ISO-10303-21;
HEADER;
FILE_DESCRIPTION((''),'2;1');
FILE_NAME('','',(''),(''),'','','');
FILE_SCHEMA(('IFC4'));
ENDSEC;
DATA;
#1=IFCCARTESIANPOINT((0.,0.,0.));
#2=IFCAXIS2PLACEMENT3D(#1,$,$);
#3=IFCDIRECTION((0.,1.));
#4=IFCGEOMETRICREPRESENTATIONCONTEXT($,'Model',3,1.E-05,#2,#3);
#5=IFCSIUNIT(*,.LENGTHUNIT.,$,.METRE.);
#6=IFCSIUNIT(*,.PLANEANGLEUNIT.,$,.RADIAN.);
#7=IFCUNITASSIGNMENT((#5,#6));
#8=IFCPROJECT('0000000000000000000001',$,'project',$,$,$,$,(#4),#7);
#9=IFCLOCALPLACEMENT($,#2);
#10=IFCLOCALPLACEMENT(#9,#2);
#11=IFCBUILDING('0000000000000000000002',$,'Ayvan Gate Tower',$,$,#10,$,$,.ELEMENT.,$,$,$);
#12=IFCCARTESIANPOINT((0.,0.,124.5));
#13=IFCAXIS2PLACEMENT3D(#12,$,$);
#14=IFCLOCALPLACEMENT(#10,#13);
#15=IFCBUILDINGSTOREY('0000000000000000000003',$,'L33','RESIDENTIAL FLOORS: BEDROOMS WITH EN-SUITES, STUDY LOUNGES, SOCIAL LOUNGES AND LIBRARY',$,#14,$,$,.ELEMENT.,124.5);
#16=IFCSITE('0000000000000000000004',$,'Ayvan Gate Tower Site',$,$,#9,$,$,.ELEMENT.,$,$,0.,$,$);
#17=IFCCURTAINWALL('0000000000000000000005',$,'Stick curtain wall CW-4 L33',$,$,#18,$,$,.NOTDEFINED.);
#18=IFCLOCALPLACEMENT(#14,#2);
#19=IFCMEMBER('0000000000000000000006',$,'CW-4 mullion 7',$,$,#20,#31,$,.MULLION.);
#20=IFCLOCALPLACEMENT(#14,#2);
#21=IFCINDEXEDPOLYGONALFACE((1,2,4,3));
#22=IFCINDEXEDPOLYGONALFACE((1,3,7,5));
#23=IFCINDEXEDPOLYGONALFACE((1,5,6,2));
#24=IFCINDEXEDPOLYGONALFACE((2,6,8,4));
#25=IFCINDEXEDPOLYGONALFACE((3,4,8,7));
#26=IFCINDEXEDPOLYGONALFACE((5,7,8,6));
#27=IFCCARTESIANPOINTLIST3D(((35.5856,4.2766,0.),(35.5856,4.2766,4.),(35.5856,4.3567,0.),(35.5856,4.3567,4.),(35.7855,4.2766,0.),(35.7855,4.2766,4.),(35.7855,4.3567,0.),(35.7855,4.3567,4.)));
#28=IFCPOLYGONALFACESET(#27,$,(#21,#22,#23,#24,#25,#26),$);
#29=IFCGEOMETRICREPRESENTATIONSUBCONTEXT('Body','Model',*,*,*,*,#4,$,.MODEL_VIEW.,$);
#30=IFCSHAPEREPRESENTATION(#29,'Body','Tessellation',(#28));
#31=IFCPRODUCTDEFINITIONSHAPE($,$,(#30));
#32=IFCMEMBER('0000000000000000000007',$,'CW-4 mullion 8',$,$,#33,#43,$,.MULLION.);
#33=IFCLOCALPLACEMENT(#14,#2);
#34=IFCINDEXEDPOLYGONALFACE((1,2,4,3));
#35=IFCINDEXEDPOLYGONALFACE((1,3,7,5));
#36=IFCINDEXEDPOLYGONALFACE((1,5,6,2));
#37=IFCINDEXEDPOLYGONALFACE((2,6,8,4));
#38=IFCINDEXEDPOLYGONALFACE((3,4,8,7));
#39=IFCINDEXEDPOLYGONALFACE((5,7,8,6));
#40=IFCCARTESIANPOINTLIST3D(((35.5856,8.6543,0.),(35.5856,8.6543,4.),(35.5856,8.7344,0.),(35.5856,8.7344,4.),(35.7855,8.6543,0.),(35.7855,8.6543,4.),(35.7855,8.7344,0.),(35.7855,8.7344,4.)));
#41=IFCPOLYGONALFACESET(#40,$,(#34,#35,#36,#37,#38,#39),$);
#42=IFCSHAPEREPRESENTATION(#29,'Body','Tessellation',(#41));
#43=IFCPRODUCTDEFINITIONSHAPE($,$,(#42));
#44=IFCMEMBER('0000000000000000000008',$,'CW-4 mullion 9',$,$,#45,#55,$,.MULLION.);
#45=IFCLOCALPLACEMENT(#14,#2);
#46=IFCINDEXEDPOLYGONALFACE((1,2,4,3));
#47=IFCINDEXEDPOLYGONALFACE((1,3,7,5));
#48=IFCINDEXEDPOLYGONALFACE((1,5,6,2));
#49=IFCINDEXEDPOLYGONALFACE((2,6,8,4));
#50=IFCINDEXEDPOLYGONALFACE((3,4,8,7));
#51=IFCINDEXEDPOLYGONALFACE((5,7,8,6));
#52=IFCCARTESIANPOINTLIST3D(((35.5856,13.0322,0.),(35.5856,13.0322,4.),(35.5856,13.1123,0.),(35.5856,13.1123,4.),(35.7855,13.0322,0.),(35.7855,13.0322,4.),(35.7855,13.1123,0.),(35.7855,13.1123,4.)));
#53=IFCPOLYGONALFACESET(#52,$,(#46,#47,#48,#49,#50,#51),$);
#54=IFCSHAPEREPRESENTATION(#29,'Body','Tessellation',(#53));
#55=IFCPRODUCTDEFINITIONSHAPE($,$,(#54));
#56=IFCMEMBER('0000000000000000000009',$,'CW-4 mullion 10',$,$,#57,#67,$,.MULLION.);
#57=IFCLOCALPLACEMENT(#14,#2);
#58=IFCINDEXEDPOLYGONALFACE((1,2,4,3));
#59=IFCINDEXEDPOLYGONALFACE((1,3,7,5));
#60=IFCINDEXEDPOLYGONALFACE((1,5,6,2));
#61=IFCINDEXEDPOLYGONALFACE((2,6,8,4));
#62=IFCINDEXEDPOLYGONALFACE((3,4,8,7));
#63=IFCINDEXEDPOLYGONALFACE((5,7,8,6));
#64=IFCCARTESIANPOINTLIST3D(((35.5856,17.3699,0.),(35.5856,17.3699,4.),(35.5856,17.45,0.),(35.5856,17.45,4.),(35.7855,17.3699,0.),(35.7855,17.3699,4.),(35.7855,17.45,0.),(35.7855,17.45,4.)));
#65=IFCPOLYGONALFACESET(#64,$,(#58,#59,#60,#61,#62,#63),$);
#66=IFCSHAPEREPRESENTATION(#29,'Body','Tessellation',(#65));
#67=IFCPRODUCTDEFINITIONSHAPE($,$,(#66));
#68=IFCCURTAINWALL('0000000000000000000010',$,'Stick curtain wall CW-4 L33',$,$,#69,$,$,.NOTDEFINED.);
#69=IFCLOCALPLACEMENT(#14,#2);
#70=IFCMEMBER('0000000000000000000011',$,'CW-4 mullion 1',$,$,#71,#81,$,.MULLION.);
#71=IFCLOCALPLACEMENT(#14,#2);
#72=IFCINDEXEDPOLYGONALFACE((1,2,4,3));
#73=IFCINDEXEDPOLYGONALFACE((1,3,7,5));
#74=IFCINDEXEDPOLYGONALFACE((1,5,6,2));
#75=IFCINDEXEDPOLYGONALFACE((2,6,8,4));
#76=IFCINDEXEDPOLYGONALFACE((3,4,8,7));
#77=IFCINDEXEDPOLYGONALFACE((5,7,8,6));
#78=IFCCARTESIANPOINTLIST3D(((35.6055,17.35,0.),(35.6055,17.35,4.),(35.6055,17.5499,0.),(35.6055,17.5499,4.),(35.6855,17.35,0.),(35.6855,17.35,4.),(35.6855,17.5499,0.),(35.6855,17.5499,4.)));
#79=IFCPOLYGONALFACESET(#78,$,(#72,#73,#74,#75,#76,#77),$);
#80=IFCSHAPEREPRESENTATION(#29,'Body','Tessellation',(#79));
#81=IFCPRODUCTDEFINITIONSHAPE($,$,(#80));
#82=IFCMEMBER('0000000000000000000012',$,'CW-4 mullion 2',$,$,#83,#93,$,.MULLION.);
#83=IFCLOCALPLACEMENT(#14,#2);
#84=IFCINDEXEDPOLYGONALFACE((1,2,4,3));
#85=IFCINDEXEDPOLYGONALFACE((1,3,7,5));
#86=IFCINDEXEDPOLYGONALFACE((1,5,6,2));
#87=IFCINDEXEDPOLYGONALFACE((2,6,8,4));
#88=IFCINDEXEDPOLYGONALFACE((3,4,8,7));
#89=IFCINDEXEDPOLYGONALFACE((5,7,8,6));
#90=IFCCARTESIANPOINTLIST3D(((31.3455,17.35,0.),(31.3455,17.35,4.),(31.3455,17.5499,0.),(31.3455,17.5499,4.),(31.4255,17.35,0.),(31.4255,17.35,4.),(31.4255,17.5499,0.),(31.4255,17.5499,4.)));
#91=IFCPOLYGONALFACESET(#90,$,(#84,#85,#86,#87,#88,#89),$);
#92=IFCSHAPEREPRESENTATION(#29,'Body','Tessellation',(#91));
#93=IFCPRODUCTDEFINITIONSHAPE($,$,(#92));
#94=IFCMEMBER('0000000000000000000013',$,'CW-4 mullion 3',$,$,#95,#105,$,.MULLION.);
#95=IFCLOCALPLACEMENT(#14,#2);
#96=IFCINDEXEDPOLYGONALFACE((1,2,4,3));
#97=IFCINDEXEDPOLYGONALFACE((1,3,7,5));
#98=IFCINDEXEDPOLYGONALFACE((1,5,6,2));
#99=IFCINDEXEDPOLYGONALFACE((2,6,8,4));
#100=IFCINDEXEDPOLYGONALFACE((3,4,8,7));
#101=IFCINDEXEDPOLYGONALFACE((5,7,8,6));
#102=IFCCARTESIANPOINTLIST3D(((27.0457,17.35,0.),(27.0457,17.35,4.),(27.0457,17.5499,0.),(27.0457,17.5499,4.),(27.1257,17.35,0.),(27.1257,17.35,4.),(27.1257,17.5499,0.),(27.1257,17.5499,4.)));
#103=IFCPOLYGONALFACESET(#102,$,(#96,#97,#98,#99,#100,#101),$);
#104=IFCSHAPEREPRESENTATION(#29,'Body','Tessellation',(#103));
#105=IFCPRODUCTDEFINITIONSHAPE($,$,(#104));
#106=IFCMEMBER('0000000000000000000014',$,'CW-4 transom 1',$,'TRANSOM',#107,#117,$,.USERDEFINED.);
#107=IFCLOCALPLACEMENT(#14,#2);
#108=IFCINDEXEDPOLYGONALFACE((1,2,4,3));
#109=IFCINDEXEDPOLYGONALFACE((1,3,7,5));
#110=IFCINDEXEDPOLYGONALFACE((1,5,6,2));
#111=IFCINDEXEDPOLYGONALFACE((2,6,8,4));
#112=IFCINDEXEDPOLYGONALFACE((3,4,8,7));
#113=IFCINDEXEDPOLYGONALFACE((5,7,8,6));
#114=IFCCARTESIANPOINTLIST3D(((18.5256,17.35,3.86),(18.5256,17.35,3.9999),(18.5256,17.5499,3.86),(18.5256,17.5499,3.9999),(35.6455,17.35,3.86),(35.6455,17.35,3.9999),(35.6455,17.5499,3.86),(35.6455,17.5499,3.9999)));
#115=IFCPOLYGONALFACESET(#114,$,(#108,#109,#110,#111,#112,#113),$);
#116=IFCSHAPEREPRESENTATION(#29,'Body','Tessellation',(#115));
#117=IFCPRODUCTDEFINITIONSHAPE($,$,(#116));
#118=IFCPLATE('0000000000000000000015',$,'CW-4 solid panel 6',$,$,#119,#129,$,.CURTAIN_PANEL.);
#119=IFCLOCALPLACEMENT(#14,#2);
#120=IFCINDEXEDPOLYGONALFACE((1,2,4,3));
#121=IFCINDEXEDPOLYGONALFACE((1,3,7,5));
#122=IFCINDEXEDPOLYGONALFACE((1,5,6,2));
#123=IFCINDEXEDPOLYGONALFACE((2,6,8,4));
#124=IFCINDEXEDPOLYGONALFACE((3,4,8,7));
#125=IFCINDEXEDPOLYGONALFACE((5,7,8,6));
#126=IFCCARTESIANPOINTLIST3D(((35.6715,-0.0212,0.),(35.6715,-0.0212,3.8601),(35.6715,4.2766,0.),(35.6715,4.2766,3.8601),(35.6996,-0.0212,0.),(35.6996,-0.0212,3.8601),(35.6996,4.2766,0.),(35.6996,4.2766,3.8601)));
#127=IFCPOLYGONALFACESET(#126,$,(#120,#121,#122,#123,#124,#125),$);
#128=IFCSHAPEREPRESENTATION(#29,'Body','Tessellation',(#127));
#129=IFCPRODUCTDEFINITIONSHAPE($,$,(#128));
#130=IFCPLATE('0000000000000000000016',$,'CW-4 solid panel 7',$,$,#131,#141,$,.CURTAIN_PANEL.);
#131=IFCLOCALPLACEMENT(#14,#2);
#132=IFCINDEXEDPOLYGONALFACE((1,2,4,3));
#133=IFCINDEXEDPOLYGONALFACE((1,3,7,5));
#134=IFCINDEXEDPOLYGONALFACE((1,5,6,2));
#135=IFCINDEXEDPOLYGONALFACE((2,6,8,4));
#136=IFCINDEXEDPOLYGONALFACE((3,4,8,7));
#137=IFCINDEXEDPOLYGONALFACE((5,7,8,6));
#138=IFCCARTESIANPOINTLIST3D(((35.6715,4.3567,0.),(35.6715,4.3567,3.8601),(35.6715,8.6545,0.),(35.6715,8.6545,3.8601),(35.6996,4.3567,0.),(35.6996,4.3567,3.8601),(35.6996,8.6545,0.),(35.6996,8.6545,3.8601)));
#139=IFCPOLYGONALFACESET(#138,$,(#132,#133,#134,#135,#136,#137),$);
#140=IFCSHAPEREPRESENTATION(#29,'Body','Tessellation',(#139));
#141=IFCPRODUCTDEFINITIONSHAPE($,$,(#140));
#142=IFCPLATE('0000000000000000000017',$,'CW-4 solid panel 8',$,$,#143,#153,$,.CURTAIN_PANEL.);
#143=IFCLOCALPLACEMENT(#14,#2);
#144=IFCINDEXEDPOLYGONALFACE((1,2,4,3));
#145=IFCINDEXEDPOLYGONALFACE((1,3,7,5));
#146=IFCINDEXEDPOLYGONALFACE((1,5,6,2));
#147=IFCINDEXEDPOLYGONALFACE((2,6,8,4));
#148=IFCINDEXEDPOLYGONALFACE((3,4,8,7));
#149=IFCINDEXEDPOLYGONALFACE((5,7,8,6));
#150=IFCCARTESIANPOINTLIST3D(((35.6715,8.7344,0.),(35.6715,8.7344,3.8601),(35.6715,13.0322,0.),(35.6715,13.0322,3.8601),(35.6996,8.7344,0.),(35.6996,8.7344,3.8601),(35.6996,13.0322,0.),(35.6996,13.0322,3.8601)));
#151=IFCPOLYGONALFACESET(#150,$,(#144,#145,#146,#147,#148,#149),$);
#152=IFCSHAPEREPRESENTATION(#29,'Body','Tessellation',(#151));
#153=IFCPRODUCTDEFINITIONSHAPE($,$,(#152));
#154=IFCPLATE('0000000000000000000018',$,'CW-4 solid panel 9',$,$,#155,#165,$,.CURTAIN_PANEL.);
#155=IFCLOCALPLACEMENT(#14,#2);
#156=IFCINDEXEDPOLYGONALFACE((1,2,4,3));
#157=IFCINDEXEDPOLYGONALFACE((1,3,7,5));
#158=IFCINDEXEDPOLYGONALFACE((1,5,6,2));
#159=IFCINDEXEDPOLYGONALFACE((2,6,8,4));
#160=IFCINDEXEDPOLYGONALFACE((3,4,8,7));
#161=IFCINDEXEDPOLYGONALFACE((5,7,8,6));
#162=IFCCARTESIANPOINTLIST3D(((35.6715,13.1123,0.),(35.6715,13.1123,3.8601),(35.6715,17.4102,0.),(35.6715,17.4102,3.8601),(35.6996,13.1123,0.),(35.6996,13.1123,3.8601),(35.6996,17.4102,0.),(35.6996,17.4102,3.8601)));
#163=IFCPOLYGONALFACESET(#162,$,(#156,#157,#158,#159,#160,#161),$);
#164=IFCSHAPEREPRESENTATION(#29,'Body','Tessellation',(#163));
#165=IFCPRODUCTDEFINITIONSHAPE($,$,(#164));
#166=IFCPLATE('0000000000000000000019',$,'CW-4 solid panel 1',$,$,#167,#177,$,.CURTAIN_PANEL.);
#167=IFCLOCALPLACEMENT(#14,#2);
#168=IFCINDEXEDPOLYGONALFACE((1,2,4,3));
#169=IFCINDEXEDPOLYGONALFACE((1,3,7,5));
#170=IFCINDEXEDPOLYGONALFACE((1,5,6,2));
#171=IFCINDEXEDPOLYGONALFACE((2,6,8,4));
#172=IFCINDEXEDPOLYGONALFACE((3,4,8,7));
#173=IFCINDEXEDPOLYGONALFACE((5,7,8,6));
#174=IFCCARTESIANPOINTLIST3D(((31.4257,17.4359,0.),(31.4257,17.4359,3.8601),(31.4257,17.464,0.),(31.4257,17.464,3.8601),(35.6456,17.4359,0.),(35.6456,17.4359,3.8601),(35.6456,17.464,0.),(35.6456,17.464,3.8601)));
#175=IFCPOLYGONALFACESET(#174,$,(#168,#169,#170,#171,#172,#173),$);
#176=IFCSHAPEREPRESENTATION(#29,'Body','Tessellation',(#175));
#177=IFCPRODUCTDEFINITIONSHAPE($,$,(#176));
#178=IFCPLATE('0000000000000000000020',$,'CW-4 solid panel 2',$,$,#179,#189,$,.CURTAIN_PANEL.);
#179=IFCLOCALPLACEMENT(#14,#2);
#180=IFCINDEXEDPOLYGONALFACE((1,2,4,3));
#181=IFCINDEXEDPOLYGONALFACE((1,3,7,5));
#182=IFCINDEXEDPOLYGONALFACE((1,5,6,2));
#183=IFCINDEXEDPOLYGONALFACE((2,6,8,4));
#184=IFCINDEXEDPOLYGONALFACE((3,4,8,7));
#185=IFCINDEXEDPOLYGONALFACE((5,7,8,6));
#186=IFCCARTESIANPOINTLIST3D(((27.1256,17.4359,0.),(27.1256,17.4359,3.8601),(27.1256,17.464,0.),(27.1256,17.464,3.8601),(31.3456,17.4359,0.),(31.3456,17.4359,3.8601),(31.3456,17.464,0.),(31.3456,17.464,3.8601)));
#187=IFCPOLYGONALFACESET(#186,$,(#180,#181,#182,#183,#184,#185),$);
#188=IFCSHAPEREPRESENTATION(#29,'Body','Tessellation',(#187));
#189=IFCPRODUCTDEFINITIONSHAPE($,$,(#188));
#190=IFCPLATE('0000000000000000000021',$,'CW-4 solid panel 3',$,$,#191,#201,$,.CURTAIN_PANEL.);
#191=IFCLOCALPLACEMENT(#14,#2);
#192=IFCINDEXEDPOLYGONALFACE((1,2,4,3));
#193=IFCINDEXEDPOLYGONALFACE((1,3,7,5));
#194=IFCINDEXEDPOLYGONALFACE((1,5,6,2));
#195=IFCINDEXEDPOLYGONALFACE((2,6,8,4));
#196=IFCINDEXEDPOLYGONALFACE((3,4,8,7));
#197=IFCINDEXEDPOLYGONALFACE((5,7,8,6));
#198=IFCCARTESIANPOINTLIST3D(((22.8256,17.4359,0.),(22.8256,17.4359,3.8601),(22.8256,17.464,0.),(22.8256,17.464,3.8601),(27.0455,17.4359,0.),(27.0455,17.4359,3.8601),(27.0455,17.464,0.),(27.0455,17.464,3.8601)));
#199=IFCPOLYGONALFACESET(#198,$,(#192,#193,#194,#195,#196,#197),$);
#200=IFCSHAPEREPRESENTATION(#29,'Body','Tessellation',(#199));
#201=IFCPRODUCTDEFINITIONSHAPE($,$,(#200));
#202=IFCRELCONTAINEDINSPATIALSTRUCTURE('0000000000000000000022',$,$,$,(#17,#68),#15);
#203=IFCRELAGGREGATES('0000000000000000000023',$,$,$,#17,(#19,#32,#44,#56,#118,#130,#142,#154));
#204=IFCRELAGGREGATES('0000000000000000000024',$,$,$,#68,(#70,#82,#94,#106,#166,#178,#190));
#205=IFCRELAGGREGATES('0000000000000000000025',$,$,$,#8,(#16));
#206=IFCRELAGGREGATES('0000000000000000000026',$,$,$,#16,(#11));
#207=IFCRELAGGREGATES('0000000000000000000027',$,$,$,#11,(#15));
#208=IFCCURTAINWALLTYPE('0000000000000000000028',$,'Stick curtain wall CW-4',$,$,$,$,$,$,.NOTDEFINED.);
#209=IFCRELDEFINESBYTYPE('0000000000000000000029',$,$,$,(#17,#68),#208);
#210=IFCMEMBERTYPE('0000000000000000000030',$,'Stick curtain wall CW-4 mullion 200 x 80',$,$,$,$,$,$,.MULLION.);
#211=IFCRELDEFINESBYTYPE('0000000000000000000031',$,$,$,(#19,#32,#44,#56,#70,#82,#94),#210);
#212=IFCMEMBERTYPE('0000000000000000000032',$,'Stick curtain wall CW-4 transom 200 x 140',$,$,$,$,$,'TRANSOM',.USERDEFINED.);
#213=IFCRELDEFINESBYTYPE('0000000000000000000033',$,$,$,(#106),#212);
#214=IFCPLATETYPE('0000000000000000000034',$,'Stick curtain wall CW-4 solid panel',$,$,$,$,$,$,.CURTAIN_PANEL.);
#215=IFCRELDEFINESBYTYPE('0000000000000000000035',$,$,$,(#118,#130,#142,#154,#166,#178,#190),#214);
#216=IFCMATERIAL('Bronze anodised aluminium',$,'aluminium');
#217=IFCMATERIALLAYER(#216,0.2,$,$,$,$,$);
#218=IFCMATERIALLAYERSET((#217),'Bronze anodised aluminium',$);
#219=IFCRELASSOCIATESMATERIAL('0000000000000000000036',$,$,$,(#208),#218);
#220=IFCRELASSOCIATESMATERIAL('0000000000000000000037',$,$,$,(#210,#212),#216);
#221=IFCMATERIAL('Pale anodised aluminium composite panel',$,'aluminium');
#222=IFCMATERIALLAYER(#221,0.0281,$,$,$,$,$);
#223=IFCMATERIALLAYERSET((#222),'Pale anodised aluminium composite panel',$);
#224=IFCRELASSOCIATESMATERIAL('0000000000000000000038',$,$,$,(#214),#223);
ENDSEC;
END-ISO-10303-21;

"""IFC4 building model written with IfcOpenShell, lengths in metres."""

from ifc_helpers import new_model, si_unit, direction, frame, origin, origin_2d, place, context, subcontext, project, spatial, rectangle, extrude, material, layer, layer_set, material_profile, profile_set, type_object, element, aggregate, save


model = new_model("IFC4")

# Units and contexts
model_context = context("Model", 3, precision=1e-05, world=origin(), true_north=direction((0.0, 1.0)))
body_context = subcontext(model_context, "Body", "Model", "MODEL_VIEW")
ifc_project = project(units=[si_unit("LENGTHUNIT", "METRE"), si_unit("PLANEANGLEUNIT", "RADIAN")], contexts=[model_context])

# Site, building, storey
site_placement = place(None, origin())
site = spatial("IfcSite", under=ifc_project, at=site_placement, Name="Ayvan Gate Tower Site", CompositionType="ELEMENT", RefElevation=0.0)
building_placement = place(site_placement, origin())
building = spatial("IfcBuilding", under=site, at=building_placement, Name="Ayvan Gate Tower", CompositionType="ELEMENT")
storey_placement = place(building_placement, frame((0.0, 0.0, 124.5)))
storey = spatial("IfcBuildingStorey", under=building, at=storey_placement, Name="L33", Description="RESIDENTIAL FLOORS: BEDROOMS WITH EN-SUITES, STUDY LOUNGES, SOCIAL LOUNGES AND LIBRARY", CompositionType="ELEMENT", Elevation=124.5)

# Curtain walls, members
ifc_material_1 = material(Name="Bronze anodised aluminium", Category="aluminium")
ifc_layer_1 = layer(ifc_material_1, 0.2)
ifc_layer_set_1 = layer_set([ifc_layer_1], Name="Bronze anodised aluminium")
curtain_wall_type = type_object("IfcCurtainWallType", Name="Stick curtain wall CW-4", PredefinedType="NOTDEFINED", material=ifc_layer_set_1)
curtain_wall_1_placement = place(storey_placement, origin())
curtain_wall_1 = element("IfcCurtainWall", 1, at=curtain_wall_1_placement, inside=storey, type_object=curtain_wall_type, Name="Stick curtain wall CW-4 L33", PredefinedType="NOTDEFINED")
ifc_material_profile_1 = material_profile(ifc_material_1, rectangle(XDim=0.2, YDim=0.0801, at=origin_2d()), Name="Stick curtain wall CW-4 mullion 200 x 80")
ifc_profile_set_1 = profile_set([ifc_material_profile_1], Name="Bronze anodised aluminium")
member_type_1 = type_object("IfcMemberType", Name="Stick curtain wall CW-4 mullion 200 x 80", PredefinedType="MULLION", material=ifc_profile_set_1)
member_1_placement = place(storey_placement, frame((35.6855, 4.3167, 0.0), z_axis=(0.0, 0.0, 1.0), x_axis=(1.0, 0.0, 0.0)))
member_1 = element("IfcMember", 2, at=member_1_placement, type_object=member_type_1, Name="CW-4 mullion 7", PredefinedType="MULLION", context=body_context, shape_type="SweptSolid", body=[
    extrude(rectangle(XDim=0.2, YDim=0.0801, at=origin_2d()), origin(), (0.0, 0.0, 1.0), 4.0),
])
member_2_placement = place(storey_placement, frame((35.6855, 8.6943, 0.0), z_axis=(0.0, 0.0, 1.0), x_axis=(1.0, 0.0, 0.0)))
member_2 = element("IfcMember", 3, at=member_2_placement, type_object=member_type_1, Name="CW-4 mullion 8", PredefinedType="MULLION", context=body_context, shape_type="SweptSolid", body=[
    extrude(rectangle(XDim=0.2, YDim=0.0801, at=origin_2d()), origin(), (0.0, 0.0, 1.0), 4.0),
])
member_3_placement = place(storey_placement, frame((35.6855, 13.0723, 0.0), z_axis=(0.0, 0.0, 1.0), x_axis=(1.0, 0.0, 0.0)))
member_3 = element("IfcMember", 4, at=member_3_placement, type_object=member_type_1, Name="CW-4 mullion 9", PredefinedType="MULLION", context=body_context, shape_type="SweptSolid", body=[
    extrude(rectangle(XDim=0.2, YDim=0.0801, at=origin_2d()), origin(), (0.0, 0.0, 1.0), 4.0),
])
member_4_placement = place(storey_placement, frame((35.6855, 17.4099, 0.0), z_axis=(0.0, 0.0, 1.0), x_axis=(1.0, 0.0, 0.0)))
member_4 = element("IfcMember", 5, at=member_4_placement, type_object=member_type_1, Name="CW-4 mullion 10", PredefinedType="MULLION", context=body_context, shape_type="SweptSolid", body=[
    extrude(rectangle(XDim=0.2, YDim=0.0801, at=origin_2d()), origin(), (0.0, 0.0, 1.0), 4.0),
])
curtain_wall_2_placement = place(storey_placement, origin())
curtain_wall_2 = element("IfcCurtainWall", 6, at=curtain_wall_2_placement, inside=storey, type_object=curtain_wall_type, Name="Stick curtain wall CW-4 L33", PredefinedType="NOTDEFINED")
member_5_placement = place(storey_placement, frame((35.6455, 17.45, 0.0), z_axis=(0.0, 0.0, 1.0), x_axis=(0.0, 1.0, 0.0)))
member_5 = element("IfcMember", 7, at=member_5_placement, type_object=member_type_1, Name="CW-4 mullion 1", PredefinedType="MULLION", context=body_context, shape_type="SweptSolid", body=[
    extrude(rectangle(XDim=0.2, YDim=0.0801, at=origin_2d()), origin(), (0.0, 0.0, 1.0), 4.0),
])
member_6_placement = place(storey_placement, frame((31.3855, 17.45, 0.0), z_axis=(0.0, 0.0, 1.0), x_axis=(0.0, 1.0, 0.0)))
member_6 = element("IfcMember", 8, at=member_6_placement, type_object=member_type_1, Name="CW-4 mullion 2", PredefinedType="MULLION", context=body_context, shape_type="SweptSolid", body=[
    extrude(rectangle(XDim=0.2, YDim=0.0801, at=origin_2d()), origin(), (0.0, 0.0, 1.0), 4.0),
])
member_7_placement = place(storey_placement, frame((27.0857, 17.45, 0.0), z_axis=(0.0, 0.0, 1.0), x_axis=(0.0, 1.0, 0.0)))
member_7 = element("IfcMember", 9, at=member_7_placement, type_object=member_type_1, Name="CW-4 mullion 3", PredefinedType="MULLION", context=body_context, shape_type="SweptSolid", body=[
    extrude(rectangle(XDim=0.2, YDim=0.0801, at=origin_2d()), origin(), (0.0, 0.0, 1.0), 4.0),
])
ifc_material_profile_2 = material_profile(ifc_material_1, rectangle(XDim=0.2, YDim=0.1399, at=origin_2d()), Name="Stick curtain wall CW-4 transom 200 x 140")
ifc_profile_set_2 = profile_set([ifc_material_profile_2], Name="Bronze anodised aluminium")
member_type_2 = type_object("IfcMemberType", Name="Stick curtain wall CW-4 transom 200 x 140", ElementType="TRANSOM", PredefinedType="USERDEFINED", material=ifc_profile_set_2)
member_8_placement = place(storey_placement, frame((35.6455, 17.45, 3.9299), z_axis=(-1.0, 0.0, 0.0), x_axis=(0.0, -1.0, 0.0)))
member_8 = element("IfcMember", 10, at=member_8_placement, type_object=member_type_2, Name="CW-4 transom 1", ObjectType="TRANSOM", PredefinedType="USERDEFINED", context=body_context, shape_type="SweptSolid", body=[
    extrude(rectangle(XDim=0.2, YDim=0.1399, at=origin_2d()), origin(), (0.0, 0.0, 1.0), 17.1199),
])

# Plates
ifc_material_2 = material(Name="Pale anodised aluminium composite panel", Category="aluminium")
ifc_layer_2 = layer(ifc_material_2, 0.0281)
ifc_layer_set_2 = layer_set([ifc_layer_2], Name="Pale anodised aluminium composite panel")
plate_type = type_object("IfcPlateType", Name="Stick curtain wall CW-4 solid panel", PredefinedType="CURTAIN_PANEL", material=ifc_layer_set_2)
plate_1_placement = place(storey_placement, frame((35.6855, 2.1277, 0.0), z_axis=(0.0, 0.0, 1.0), x_axis=(0.0, 1.0, 0.0)))
plate_1 = element("IfcPlate", 11, at=plate_1_placement, type_object=plate_type, Name="CW-4 solid panel 6", PredefinedType="CURTAIN_PANEL", context=body_context, shape_type="SweptSolid", body=[
    extrude(rectangle(XDim=4.2979, YDim=0.0281, at=origin_2d()), origin(), (0.0, 0.0, 1.0), 3.8601),
])
plate_2_placement = place(storey_placement, frame((35.6855, 6.5056, 0.0), z_axis=(0.0, 0.0, 1.0), x_axis=(0.0, 1.0, 0.0)))
plate_2 = element("IfcPlate", 12, at=plate_2_placement, type_object=plate_type, Name="CW-4 solid panel 7", PredefinedType="CURTAIN_PANEL", context=body_context, shape_type="SweptSolid", body=[
    extrude(rectangle(XDim=4.2979, YDim=0.0281, at=origin_2d()), origin(), (0.0, 0.0, 1.0), 3.8601),
])
plate_3_placement = place(storey_placement, frame((35.6855, 10.8833, 0.0), z_axis=(0.0, 0.0, 1.0), x_axis=(0.0, 1.0, 0.0)))
plate_3 = element("IfcPlate", 13, at=plate_3_placement, type_object=plate_type, Name="CW-4 solid panel 8", PredefinedType="CURTAIN_PANEL", context=body_context, shape_type="SweptSolid", body=[
    extrude(rectangle(XDim=4.2979, YDim=0.0281, at=origin_2d()), origin(), (0.0, 0.0, 1.0), 3.8601),
])
plate_4_placement = place(storey_placement, frame((35.6855, 15.2612, 0.0), z_axis=(0.0, 0.0, 1.0), x_axis=(0.0, 1.0, 0.0)))
plate_4 = element("IfcPlate", 14, at=plate_4_placement, type_object=plate_type, Name="CW-4 solid panel 9", PredefinedType="CURTAIN_PANEL", context=body_context, shape_type="SweptSolid", body=[
    extrude(rectangle(XDim=4.2979, YDim=0.0281, at=origin_2d()), origin(), (0.0, 0.0, 1.0), 3.8601),
])
aggregate(curtain_wall_1, [member_1, member_2, member_3, member_4, plate_1, plate_2, plate_3, plate_4])
plate_5_placement = place(storey_placement, frame((33.5356, 17.45, 0.0), z_axis=(0.0, 0.0, 1.0), x_axis=(-1.0, 0.0, 0.0)))
plate_5 = element("IfcPlate", 15, at=plate_5_placement, type_object=plate_type, Name="CW-4 solid panel 1", PredefinedType="CURTAIN_PANEL", context=body_context, shape_type="SweptSolid", body=[
    extrude(rectangle(XDim=4.22, YDim=0.0281, at=origin_2d()), origin(), (0.0, 0.0, 1.0), 3.8601),
])
plate_6_placement = place(storey_placement, frame((29.2356, 17.45, 0.0), z_axis=(0.0, 0.0, 1.0), x_axis=(-1.0, 0.0, 0.0)))
plate_6 = element("IfcPlate", 16, at=plate_6_placement, type_object=plate_type, Name="CW-4 solid panel 2", PredefinedType="CURTAIN_PANEL", context=body_context, shape_type="SweptSolid", body=[
    extrude(rectangle(XDim=4.22, YDim=0.0281, at=origin_2d()), origin(), (0.0, 0.0, 1.0), 3.8601),
])
plate_7_placement = place(storey_placement, frame((24.9355, 17.45, 0.0), z_axis=(0.0, 0.0, 1.0), x_axis=(-1.0, 0.0, 0.0)))
plate_7 = element("IfcPlate", 17, at=plate_7_placement, type_object=plate_type, Name="CW-4 solid panel 3", PredefinedType="CURTAIN_PANEL", context=body_context, shape_type="SweptSolid", body=[
    extrude(rectangle(XDim=4.22, YDim=0.0281, at=origin_2d()), origin(), (0.0, 0.0, 1.0), 3.8601),
])
aggregate(curtain_wall_2, [member_5, member_6, member_7, member_8, plate_5, plate_6, plate_7])

save(model, "model.ifc")
